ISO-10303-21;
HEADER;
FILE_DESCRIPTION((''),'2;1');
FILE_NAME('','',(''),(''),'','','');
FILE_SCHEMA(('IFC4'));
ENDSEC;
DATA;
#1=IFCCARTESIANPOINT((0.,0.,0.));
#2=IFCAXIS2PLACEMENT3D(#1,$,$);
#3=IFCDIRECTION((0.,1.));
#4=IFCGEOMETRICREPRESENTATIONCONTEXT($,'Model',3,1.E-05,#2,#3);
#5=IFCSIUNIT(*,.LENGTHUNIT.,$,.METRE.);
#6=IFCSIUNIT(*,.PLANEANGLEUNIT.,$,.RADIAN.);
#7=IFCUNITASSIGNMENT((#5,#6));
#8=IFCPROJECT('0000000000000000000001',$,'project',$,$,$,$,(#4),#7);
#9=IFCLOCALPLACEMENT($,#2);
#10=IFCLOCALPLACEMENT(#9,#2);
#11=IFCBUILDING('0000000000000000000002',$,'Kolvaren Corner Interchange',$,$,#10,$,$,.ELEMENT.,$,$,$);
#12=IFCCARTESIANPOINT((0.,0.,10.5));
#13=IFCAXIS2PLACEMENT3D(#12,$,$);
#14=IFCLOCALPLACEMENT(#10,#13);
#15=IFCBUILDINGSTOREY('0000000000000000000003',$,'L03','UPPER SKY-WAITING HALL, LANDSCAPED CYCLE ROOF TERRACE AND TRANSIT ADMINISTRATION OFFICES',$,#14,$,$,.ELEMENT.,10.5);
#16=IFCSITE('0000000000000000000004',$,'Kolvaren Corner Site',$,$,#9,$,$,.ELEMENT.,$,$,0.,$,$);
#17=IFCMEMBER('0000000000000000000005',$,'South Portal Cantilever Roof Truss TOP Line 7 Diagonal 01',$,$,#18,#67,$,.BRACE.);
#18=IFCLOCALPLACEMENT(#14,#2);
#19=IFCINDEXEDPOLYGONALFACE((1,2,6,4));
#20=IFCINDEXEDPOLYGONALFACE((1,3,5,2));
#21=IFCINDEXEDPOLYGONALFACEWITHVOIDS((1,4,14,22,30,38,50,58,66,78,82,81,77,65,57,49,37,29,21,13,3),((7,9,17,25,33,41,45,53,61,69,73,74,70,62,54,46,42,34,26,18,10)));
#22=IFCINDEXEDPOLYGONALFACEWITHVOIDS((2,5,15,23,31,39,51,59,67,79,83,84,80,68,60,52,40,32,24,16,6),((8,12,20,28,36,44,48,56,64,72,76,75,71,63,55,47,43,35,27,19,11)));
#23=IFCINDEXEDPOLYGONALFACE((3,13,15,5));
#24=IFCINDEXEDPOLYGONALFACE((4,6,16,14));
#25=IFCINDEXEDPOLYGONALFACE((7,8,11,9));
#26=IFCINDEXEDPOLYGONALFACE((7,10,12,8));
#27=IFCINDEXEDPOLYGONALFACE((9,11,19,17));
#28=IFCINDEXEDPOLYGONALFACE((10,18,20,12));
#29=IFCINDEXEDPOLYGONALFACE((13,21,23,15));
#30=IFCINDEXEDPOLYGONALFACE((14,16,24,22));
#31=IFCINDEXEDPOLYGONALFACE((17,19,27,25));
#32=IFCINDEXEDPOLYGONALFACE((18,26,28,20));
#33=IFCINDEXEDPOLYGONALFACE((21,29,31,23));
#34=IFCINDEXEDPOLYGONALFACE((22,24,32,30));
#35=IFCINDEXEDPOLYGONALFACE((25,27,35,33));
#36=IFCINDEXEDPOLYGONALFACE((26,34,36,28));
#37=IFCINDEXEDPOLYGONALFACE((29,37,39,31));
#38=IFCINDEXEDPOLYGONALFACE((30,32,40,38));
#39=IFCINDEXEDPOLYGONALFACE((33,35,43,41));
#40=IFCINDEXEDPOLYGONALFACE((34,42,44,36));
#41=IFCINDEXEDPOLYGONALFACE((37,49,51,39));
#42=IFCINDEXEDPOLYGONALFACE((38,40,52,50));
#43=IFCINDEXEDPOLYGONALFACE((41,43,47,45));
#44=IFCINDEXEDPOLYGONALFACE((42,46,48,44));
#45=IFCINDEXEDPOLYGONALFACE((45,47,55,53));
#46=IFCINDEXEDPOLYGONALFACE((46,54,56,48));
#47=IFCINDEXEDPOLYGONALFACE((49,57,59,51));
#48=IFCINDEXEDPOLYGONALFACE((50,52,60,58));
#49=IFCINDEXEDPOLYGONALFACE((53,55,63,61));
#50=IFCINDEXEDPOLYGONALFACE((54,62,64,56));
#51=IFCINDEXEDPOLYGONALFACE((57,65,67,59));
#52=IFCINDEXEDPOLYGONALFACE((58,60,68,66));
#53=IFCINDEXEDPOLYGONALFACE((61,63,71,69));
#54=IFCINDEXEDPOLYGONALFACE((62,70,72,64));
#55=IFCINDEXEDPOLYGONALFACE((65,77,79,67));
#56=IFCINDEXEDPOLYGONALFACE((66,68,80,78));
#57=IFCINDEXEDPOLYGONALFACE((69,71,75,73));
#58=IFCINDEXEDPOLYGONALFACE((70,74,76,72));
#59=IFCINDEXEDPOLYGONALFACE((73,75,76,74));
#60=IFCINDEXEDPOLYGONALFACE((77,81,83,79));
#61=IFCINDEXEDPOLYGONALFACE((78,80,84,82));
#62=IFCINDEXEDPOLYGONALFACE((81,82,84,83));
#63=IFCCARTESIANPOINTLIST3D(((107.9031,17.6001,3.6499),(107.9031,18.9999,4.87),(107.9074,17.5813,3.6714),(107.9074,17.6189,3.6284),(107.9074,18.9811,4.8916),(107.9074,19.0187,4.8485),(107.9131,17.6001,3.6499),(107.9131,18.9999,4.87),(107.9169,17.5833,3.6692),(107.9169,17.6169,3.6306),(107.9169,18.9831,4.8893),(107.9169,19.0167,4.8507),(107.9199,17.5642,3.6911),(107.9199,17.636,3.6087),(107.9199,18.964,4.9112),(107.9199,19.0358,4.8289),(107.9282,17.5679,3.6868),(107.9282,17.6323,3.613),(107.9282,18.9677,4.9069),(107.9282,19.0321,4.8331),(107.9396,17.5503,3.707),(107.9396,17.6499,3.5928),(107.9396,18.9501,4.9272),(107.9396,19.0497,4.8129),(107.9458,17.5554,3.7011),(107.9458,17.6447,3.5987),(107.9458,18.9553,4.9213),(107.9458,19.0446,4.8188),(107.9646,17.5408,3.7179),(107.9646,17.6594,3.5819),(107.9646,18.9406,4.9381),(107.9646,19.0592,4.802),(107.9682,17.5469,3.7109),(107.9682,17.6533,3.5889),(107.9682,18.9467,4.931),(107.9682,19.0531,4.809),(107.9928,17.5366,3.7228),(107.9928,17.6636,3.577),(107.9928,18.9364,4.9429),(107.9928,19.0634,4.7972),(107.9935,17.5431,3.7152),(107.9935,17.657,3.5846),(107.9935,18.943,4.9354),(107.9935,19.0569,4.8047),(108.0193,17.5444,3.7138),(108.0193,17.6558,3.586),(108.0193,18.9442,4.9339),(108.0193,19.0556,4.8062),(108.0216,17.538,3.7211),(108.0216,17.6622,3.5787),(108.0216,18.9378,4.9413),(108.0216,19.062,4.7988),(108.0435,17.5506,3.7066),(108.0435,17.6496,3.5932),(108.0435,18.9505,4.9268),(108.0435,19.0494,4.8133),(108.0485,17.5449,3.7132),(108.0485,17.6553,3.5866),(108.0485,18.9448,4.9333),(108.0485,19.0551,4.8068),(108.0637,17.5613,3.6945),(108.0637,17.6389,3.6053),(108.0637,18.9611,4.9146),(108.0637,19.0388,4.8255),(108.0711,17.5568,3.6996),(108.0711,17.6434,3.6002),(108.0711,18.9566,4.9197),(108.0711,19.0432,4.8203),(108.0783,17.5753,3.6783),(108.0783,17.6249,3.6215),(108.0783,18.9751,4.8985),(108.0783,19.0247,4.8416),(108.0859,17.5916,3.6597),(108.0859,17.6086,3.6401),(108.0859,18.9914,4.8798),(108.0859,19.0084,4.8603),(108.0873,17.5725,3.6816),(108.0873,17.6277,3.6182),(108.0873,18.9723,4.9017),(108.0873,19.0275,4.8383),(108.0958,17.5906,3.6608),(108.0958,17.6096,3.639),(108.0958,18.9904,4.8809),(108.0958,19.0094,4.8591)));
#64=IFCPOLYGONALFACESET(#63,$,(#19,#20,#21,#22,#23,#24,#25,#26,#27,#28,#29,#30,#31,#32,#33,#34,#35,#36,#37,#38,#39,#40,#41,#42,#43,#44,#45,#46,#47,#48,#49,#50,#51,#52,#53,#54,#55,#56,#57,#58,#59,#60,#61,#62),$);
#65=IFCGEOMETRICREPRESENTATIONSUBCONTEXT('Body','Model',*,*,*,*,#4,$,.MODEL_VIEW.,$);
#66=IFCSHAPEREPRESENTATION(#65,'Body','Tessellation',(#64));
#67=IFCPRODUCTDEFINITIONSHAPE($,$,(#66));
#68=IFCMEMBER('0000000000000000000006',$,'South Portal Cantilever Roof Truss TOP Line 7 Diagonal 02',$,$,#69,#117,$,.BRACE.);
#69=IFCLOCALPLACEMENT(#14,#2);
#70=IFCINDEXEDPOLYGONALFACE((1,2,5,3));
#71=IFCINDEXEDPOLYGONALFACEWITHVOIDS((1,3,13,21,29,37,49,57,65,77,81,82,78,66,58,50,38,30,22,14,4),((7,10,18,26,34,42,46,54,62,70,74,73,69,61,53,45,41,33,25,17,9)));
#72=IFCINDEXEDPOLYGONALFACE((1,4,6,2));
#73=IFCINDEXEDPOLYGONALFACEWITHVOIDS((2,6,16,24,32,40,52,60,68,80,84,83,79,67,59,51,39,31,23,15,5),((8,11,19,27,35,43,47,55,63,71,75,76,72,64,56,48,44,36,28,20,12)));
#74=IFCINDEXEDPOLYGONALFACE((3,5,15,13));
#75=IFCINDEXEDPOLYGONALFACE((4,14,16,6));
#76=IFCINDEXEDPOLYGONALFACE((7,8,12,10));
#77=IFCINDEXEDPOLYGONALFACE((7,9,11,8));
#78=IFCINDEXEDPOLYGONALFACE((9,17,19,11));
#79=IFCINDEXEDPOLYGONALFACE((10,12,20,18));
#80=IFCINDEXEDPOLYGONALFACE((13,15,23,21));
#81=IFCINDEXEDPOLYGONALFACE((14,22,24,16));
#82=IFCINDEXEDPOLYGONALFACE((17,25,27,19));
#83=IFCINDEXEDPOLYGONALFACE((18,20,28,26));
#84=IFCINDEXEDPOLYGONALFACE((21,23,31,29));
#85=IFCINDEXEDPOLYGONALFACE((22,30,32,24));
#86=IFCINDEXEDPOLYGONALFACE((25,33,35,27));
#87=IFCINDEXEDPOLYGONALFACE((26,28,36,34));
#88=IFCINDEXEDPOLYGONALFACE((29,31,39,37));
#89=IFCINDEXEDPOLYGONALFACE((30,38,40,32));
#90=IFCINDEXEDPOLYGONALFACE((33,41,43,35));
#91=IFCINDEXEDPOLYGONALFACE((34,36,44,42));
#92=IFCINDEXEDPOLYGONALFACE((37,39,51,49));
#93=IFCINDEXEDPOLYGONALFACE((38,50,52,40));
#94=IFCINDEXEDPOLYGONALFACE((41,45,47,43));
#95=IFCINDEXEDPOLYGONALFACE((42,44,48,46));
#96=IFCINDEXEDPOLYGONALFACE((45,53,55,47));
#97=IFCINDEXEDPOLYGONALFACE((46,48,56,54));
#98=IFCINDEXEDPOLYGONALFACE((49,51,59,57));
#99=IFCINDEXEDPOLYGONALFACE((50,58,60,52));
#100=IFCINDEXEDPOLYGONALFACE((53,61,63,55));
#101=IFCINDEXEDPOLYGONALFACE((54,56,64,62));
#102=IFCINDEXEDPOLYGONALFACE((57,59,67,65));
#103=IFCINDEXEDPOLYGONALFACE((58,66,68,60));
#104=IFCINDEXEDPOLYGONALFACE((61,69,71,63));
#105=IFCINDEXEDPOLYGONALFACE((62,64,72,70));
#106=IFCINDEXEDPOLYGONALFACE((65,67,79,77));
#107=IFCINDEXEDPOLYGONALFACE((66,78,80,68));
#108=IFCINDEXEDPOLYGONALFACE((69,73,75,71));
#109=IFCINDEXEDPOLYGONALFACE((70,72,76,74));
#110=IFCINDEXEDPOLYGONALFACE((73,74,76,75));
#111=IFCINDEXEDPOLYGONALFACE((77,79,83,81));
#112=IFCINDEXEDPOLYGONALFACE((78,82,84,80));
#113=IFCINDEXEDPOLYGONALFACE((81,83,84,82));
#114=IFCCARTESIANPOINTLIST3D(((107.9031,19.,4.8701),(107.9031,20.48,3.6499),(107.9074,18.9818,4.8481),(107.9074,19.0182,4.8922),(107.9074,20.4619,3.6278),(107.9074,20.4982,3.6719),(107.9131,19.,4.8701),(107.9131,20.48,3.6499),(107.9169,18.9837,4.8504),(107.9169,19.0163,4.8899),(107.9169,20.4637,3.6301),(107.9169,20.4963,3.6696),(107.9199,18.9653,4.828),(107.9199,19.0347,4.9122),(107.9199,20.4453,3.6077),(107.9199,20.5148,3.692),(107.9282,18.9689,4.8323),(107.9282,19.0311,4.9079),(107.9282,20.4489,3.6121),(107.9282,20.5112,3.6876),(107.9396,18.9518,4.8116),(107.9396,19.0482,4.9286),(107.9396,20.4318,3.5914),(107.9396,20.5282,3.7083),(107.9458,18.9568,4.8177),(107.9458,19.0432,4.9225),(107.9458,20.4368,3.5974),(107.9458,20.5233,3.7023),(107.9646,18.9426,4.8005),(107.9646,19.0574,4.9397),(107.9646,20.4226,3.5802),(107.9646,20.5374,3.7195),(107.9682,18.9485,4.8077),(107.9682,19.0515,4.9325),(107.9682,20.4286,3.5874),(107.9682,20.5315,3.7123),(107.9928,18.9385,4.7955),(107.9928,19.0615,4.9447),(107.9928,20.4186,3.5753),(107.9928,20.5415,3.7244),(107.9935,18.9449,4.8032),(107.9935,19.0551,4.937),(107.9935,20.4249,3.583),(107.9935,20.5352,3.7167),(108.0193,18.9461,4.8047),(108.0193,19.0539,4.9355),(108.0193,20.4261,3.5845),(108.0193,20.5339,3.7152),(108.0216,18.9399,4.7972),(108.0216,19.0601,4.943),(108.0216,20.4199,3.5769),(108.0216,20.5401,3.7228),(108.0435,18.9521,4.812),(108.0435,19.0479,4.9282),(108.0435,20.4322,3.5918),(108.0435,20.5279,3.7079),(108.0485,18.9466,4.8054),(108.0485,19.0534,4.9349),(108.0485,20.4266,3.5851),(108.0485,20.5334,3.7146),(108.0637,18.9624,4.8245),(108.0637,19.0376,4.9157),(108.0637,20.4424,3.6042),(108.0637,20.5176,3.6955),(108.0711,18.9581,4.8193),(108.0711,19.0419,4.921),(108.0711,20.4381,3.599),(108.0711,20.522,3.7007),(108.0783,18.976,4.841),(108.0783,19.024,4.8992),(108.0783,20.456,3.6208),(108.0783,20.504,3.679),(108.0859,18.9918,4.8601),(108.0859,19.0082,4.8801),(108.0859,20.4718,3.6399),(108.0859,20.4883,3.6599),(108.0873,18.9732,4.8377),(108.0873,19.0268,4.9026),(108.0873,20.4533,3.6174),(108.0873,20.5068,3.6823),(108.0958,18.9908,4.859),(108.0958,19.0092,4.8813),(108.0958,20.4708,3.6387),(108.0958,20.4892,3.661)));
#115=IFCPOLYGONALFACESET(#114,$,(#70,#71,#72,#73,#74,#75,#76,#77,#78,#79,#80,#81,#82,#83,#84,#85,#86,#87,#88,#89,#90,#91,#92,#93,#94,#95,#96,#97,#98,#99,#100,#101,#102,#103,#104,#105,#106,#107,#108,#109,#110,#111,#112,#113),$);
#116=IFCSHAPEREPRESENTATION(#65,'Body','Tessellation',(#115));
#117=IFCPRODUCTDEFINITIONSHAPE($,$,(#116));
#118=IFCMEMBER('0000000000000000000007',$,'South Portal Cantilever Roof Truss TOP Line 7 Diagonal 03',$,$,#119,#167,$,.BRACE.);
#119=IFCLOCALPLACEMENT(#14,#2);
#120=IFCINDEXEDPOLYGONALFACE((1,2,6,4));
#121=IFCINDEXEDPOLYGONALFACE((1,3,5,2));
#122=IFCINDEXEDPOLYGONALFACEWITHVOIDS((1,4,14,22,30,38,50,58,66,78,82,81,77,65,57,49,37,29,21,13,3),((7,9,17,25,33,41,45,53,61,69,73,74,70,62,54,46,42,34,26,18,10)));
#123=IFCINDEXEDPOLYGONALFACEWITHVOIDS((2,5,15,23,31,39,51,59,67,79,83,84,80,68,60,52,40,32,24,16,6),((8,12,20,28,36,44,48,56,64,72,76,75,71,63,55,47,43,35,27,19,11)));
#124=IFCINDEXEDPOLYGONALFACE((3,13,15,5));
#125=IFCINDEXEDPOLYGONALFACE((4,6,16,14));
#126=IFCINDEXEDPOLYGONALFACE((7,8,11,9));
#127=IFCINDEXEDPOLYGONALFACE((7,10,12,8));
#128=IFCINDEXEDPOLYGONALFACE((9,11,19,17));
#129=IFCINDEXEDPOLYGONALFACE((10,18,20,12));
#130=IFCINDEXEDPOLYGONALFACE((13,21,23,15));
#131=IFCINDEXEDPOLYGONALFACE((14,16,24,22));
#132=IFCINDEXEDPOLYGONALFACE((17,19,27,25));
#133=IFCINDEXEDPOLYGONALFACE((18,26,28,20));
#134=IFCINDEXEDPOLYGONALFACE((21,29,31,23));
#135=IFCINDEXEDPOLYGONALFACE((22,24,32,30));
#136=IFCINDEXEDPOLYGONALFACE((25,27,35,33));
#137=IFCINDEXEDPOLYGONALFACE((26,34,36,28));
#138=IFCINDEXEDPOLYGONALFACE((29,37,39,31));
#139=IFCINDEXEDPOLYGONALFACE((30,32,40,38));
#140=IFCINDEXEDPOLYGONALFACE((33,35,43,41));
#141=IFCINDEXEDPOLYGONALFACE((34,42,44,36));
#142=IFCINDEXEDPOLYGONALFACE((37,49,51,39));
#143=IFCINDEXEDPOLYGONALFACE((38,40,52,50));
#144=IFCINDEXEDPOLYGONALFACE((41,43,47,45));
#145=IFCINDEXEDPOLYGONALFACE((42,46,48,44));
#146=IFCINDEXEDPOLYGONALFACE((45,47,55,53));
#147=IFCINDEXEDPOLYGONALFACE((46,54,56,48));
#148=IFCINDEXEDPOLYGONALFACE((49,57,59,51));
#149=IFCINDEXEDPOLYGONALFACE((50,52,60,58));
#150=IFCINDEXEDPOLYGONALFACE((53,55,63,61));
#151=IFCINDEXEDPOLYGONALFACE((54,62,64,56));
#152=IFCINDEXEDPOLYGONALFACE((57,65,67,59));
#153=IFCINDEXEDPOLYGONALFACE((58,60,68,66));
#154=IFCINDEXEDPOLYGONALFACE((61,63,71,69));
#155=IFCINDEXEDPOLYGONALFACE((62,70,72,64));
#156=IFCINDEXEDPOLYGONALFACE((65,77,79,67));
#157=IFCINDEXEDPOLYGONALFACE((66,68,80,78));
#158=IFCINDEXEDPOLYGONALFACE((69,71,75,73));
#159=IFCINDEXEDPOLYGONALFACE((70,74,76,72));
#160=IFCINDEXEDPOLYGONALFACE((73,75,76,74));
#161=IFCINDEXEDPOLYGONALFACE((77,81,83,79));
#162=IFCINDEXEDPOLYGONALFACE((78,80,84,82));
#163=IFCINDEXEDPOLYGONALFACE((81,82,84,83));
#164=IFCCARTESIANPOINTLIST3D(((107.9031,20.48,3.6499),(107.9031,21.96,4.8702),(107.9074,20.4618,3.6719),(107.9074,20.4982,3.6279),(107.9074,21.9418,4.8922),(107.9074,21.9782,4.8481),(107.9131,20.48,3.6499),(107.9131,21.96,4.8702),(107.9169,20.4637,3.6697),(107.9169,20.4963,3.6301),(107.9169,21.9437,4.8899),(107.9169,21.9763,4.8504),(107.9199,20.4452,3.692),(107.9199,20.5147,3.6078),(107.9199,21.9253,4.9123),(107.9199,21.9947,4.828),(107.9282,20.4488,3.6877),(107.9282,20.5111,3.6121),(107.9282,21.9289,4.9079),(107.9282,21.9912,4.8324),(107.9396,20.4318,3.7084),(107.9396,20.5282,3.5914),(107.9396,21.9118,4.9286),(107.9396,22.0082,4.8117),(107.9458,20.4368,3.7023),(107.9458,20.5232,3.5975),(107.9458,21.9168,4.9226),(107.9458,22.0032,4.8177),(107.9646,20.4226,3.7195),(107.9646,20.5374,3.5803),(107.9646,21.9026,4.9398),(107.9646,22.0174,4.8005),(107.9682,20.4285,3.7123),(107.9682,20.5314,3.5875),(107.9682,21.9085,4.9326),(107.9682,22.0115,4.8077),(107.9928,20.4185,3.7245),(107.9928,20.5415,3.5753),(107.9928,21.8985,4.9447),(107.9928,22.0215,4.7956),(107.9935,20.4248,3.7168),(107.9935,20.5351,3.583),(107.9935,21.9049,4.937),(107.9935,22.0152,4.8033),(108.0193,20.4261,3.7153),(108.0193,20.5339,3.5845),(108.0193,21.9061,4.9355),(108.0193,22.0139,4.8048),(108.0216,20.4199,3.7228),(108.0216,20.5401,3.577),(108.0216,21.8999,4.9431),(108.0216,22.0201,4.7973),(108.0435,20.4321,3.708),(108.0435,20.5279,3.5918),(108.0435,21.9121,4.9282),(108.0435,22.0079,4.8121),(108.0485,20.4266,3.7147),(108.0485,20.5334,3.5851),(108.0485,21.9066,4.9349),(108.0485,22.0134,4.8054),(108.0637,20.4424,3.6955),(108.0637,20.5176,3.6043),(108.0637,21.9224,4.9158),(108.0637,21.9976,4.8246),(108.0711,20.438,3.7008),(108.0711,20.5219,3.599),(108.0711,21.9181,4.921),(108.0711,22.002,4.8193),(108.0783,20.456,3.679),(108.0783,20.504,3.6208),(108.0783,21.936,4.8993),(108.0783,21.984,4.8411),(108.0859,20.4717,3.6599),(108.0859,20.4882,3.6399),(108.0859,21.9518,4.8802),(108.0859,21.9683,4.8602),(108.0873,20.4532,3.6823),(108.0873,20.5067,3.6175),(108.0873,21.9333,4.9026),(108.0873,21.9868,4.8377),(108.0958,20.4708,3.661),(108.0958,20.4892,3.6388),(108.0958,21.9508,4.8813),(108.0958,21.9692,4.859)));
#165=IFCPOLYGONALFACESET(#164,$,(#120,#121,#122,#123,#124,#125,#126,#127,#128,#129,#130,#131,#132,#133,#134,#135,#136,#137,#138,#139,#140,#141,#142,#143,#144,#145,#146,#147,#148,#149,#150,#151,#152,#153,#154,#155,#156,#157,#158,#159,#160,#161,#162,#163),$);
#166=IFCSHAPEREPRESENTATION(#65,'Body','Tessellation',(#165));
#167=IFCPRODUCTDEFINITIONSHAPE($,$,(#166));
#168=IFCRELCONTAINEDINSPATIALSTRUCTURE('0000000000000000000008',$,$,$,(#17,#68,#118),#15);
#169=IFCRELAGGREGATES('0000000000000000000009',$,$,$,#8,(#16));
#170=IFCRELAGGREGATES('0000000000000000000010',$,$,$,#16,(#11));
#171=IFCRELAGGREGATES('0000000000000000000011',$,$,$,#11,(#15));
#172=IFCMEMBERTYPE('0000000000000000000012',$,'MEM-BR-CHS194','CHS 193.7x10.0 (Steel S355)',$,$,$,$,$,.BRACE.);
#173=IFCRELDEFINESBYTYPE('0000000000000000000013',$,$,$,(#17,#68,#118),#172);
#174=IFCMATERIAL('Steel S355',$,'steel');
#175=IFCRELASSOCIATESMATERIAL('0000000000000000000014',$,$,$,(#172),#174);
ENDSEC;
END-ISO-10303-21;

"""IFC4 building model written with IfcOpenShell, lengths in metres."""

from ifc_helpers import new_model, si_unit, direction, frame, origin, origin_2d, place, context, subcontext, project, spatial, hollow_circle, extrude, material, material_profile, profile_set, type_object, element, save


model = new_model("IFC4")

# Units and contexts
model_context = context("Model", 3, precision=1e-05, world=origin(), true_north=direction((0.0, 1.0)))
body_context = subcontext(model_context, "Body", "Model", "MODEL_VIEW")
ifc_project = project(units=[si_unit("LENGTHUNIT", "METRE"), si_unit("PLANEANGLEUNIT", "RADIAN")], contexts=[model_context])

# Site, building, storey
site_placement = place(None, origin())
site = spatial("IfcSite", under=ifc_project, at=site_placement, Name="Kolvaren Corner Site", CompositionType="ELEMENT", RefElevation=0.0)
building_placement = place(site_placement, origin())
building = spatial("IfcBuilding", under=site, at=building_placement, Name="Kolvaren Corner Interchange", CompositionType="ELEMENT")
storey_placement = place(building_placement, frame((0.0, 0.0, 10.5)))
storey = spatial("IfcBuildingStorey", under=building, at=storey_placement, Name="L03", Description="UPPER SKY-WAITING HALL, LANDSCAPED CYCLE ROOF TERRACE AND TRANSIT ADMINISTRATION OFFICES", CompositionType="ELEMENT", Elevation=10.5)

# Members
ifc_material_1 = material(Name="Steel S355", Category="steel")
ifc_material_profile_1 = material_profile(ifc_material_1, hollow_circle(Radius=0.0969, WallThickness=0.01, at=origin_2d()), Name="CHS 193.7x10.0")
ifc_profile_set_1 = profile_set([ifc_material_profile_1], Name="Steel S355")
member_type_1 = type_object("IfcMemberType", Name="MEM-BR-CHS194", Description="CHS 193.7x10.0 (Steel S355)", PredefinedType="BRACE", material=ifc_profile_set_1)
member_1_placement = place(storey_placement, frame((108.0, 17.6001, 3.6499), z_axis=(0.0, 0.753829, 0.65707), x_axis=(-1.0, 0.0, 0.0)))
element("IfcMember", 1, at=member_1_placement, inside=storey, type_object=member_type_1, Name="South Portal Cantilever Roof Truss TOP Line 7 Diagonal 01", PredefinedType="BRACE", context=body_context, shape_type="SweptSolid", body=[
    extrude(hollow_circle(Radius=0.0969, WallThickness=0.01, at=origin_2d()), origin(), (0.0, 0.0, 1.0), 1.8569),
])
for number, where, z_axis, x_axis, name in (
    (2, (108.0, 19.0, 4.8701), (0.0, 0.77157, -0.636144), (-1.0, 0.0, 0.0), "South Portal Cantilever Roof Truss TOP Line 7 Diagonal 02"),
    (3, (108.0, 20.48, 3.6499), (0.0, 0.77157, 0.636144), (-1.0, 0.0, 0.0), "South Portal Cantilever Roof Truss TOP Line 7 Diagonal 03"),
):
    element("IfcMember", number, at=place(storey_placement, frame(where, z_axis=z_axis, x_axis=x_axis)), inside=storey, type_object=member_type_1, Name=name, PredefinedType="BRACE", context=body_context, shape_type="SweptSolid", body=[
        extrude(hollow_circle(Radius=0.0969, WallThickness=0.01, at=origin_2d()), origin(), (0.0, 0.0, 1.0), 1.9182),
    ])

save(model, "model.ifc")
